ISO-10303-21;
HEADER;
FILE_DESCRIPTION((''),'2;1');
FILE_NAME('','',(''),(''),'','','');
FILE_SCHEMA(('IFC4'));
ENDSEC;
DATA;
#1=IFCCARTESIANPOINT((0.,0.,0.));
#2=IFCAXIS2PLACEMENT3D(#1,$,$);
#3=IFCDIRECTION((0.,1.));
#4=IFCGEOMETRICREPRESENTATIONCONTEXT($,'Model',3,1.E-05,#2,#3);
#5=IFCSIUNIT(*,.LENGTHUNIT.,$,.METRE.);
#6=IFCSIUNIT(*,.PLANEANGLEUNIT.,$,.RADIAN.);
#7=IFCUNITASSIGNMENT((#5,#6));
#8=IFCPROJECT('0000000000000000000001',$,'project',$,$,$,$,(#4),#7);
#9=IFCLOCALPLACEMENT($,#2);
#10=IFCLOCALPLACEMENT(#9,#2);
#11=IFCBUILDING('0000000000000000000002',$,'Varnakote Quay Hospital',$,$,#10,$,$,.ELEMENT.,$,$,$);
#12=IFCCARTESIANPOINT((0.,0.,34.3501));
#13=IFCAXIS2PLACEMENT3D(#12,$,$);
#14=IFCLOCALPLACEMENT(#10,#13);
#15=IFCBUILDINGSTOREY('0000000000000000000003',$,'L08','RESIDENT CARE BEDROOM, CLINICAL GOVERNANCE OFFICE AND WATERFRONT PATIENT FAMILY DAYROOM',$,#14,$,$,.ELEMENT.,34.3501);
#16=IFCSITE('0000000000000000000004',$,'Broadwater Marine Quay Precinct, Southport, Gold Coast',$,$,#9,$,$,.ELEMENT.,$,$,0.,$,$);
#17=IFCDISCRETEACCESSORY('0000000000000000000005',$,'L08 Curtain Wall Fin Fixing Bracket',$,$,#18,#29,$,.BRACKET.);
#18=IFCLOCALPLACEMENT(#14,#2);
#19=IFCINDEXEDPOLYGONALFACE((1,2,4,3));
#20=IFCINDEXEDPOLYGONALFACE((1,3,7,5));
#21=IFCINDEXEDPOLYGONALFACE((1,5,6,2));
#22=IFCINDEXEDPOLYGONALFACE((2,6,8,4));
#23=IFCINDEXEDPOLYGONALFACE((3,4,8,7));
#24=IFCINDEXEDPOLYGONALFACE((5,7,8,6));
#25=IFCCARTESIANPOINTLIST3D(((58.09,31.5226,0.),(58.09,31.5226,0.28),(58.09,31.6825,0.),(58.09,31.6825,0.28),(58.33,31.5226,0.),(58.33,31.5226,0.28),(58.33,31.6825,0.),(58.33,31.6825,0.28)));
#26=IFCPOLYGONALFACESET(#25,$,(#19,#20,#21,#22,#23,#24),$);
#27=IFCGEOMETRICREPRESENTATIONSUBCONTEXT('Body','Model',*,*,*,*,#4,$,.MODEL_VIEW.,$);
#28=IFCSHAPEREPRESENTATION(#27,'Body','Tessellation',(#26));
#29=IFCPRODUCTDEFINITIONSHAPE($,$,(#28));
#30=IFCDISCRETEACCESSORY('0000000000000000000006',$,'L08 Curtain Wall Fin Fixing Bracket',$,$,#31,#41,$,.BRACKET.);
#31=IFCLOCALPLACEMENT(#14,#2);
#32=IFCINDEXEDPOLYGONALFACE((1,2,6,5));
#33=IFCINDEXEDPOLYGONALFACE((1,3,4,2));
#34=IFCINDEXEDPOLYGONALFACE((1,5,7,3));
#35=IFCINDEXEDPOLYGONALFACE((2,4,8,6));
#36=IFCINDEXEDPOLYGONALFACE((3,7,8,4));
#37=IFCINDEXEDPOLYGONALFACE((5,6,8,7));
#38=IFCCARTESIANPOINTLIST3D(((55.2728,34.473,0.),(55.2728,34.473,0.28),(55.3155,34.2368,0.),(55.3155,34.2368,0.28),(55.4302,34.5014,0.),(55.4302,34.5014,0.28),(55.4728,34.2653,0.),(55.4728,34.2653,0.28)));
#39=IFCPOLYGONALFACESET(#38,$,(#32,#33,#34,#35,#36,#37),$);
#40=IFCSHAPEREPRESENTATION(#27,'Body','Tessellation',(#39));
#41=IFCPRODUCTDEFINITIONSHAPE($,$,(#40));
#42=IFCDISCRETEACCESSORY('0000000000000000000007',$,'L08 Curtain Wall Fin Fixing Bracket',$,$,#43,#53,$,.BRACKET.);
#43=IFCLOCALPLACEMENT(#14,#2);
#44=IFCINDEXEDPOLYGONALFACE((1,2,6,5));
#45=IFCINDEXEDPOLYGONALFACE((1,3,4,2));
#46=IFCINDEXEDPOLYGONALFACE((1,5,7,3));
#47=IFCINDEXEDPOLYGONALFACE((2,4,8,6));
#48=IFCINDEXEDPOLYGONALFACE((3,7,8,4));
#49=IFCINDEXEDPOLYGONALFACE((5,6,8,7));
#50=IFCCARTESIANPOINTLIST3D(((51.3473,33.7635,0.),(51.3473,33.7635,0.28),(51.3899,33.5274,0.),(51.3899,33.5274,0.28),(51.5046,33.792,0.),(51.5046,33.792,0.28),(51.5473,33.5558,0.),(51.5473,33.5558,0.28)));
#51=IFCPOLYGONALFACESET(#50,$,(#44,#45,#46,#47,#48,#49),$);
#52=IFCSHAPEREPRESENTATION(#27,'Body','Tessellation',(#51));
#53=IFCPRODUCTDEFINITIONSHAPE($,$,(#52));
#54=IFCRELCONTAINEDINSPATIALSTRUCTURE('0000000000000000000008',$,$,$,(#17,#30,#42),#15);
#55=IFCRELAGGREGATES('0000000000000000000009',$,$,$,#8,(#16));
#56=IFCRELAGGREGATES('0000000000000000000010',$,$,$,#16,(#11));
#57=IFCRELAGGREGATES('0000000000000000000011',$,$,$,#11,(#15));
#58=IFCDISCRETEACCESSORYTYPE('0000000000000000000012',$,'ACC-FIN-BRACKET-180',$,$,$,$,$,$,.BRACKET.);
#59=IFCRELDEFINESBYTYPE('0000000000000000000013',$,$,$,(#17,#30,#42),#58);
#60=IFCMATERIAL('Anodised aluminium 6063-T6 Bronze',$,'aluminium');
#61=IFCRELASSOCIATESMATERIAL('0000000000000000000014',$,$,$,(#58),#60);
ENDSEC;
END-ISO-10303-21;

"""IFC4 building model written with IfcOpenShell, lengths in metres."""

from ifc_helpers import new_model, si_unit, direction, frame, origin, origin_2d, place, context, subcontext, project, spatial, rectangle, extrude, material, type_object, element, save


model = new_model("IFC4")

# Units and contexts
model_context = context("Model", 3, precision=1e-05, world=origin(), true_north=direction((0.0, 1.0)))
body_context = subcontext(model_context, "Body", "Model", "MODEL_VIEW")
ifc_project = project(units=[si_unit("LENGTHUNIT", "METRE"), si_unit("PLANEANGLEUNIT", "RADIAN")], contexts=[model_context])

# Site, building, storey
site_placement = place(None, origin())
site = spatial("IfcSite", under=ifc_project, at=site_placement, Name="Broadwater Marine Quay Precinct, Southport, Gold Coast", CompositionType="ELEMENT", RefElevation=0.0)
building_placement = place(site_placement, origin())
building = spatial("IfcBuilding", under=site, at=building_placement, Name="Varnakote Quay Hospital", CompositionType="ELEMENT")
storey_placement = place(building_placement, frame((0.0, 0.0, 34.3501)))
storey = spatial("IfcBuildingStorey", under=building, at=storey_placement, Name="L08", Description="RESIDENT CARE BEDROOM, CLINICAL GOVERNANCE OFFICE AND WATERFRONT PATIENT FAMILY DAYROOM", CompositionType="ELEMENT", Elevation=34.3501)

# Discrete accessories
ifc_material_1 = material(Name="Anodised aluminium 6063-T6 Bronze", Category="aluminium")
discrete_accessory_type = type_object("IfcDiscreteAccessoryType", Name="ACC-FIN-BRACKET-180", PredefinedType="BRACKET", material=ifc_material_1)
for number, where, z_axis, x_axis, name in (
    (1, (58.21, 31.6025, 0.0), (0.0, 0.0, 1.0), (0.0, 1.0, 0.0), "L08 Curtain Wall Fin Fixing Bracket"),
    (2, (55.3728, 34.3691, 0.0), (0.0, 0.0, 1.0), (-0.984072, -0.177772, 0.0), "L08 Curtain Wall Fin Fixing Bracket"),
    (3, (51.4473, 33.6597, 0.0), (0.0, 0.0, 1.0), (-0.984072, -0.177772, 0.0), "L08 Curtain Wall Fin Fixing Bracket"),
):
    element("IfcDiscreteAccessory", number, at=place(storey_placement, frame(where, z_axis=z_axis, x_axis=x_axis)), inside=storey, type_object=discrete_accessory_type, Name=name, PredefinedType="BRACKET", context=body_context, shape_type="SweptSolid", body=[
        extrude(rectangle(XDim=0.1599, YDim=0.24, at=origin_2d()), origin(), (0.0, 0.0, 1.0), 0.28),
    ])

save(model, "model.ifc")
